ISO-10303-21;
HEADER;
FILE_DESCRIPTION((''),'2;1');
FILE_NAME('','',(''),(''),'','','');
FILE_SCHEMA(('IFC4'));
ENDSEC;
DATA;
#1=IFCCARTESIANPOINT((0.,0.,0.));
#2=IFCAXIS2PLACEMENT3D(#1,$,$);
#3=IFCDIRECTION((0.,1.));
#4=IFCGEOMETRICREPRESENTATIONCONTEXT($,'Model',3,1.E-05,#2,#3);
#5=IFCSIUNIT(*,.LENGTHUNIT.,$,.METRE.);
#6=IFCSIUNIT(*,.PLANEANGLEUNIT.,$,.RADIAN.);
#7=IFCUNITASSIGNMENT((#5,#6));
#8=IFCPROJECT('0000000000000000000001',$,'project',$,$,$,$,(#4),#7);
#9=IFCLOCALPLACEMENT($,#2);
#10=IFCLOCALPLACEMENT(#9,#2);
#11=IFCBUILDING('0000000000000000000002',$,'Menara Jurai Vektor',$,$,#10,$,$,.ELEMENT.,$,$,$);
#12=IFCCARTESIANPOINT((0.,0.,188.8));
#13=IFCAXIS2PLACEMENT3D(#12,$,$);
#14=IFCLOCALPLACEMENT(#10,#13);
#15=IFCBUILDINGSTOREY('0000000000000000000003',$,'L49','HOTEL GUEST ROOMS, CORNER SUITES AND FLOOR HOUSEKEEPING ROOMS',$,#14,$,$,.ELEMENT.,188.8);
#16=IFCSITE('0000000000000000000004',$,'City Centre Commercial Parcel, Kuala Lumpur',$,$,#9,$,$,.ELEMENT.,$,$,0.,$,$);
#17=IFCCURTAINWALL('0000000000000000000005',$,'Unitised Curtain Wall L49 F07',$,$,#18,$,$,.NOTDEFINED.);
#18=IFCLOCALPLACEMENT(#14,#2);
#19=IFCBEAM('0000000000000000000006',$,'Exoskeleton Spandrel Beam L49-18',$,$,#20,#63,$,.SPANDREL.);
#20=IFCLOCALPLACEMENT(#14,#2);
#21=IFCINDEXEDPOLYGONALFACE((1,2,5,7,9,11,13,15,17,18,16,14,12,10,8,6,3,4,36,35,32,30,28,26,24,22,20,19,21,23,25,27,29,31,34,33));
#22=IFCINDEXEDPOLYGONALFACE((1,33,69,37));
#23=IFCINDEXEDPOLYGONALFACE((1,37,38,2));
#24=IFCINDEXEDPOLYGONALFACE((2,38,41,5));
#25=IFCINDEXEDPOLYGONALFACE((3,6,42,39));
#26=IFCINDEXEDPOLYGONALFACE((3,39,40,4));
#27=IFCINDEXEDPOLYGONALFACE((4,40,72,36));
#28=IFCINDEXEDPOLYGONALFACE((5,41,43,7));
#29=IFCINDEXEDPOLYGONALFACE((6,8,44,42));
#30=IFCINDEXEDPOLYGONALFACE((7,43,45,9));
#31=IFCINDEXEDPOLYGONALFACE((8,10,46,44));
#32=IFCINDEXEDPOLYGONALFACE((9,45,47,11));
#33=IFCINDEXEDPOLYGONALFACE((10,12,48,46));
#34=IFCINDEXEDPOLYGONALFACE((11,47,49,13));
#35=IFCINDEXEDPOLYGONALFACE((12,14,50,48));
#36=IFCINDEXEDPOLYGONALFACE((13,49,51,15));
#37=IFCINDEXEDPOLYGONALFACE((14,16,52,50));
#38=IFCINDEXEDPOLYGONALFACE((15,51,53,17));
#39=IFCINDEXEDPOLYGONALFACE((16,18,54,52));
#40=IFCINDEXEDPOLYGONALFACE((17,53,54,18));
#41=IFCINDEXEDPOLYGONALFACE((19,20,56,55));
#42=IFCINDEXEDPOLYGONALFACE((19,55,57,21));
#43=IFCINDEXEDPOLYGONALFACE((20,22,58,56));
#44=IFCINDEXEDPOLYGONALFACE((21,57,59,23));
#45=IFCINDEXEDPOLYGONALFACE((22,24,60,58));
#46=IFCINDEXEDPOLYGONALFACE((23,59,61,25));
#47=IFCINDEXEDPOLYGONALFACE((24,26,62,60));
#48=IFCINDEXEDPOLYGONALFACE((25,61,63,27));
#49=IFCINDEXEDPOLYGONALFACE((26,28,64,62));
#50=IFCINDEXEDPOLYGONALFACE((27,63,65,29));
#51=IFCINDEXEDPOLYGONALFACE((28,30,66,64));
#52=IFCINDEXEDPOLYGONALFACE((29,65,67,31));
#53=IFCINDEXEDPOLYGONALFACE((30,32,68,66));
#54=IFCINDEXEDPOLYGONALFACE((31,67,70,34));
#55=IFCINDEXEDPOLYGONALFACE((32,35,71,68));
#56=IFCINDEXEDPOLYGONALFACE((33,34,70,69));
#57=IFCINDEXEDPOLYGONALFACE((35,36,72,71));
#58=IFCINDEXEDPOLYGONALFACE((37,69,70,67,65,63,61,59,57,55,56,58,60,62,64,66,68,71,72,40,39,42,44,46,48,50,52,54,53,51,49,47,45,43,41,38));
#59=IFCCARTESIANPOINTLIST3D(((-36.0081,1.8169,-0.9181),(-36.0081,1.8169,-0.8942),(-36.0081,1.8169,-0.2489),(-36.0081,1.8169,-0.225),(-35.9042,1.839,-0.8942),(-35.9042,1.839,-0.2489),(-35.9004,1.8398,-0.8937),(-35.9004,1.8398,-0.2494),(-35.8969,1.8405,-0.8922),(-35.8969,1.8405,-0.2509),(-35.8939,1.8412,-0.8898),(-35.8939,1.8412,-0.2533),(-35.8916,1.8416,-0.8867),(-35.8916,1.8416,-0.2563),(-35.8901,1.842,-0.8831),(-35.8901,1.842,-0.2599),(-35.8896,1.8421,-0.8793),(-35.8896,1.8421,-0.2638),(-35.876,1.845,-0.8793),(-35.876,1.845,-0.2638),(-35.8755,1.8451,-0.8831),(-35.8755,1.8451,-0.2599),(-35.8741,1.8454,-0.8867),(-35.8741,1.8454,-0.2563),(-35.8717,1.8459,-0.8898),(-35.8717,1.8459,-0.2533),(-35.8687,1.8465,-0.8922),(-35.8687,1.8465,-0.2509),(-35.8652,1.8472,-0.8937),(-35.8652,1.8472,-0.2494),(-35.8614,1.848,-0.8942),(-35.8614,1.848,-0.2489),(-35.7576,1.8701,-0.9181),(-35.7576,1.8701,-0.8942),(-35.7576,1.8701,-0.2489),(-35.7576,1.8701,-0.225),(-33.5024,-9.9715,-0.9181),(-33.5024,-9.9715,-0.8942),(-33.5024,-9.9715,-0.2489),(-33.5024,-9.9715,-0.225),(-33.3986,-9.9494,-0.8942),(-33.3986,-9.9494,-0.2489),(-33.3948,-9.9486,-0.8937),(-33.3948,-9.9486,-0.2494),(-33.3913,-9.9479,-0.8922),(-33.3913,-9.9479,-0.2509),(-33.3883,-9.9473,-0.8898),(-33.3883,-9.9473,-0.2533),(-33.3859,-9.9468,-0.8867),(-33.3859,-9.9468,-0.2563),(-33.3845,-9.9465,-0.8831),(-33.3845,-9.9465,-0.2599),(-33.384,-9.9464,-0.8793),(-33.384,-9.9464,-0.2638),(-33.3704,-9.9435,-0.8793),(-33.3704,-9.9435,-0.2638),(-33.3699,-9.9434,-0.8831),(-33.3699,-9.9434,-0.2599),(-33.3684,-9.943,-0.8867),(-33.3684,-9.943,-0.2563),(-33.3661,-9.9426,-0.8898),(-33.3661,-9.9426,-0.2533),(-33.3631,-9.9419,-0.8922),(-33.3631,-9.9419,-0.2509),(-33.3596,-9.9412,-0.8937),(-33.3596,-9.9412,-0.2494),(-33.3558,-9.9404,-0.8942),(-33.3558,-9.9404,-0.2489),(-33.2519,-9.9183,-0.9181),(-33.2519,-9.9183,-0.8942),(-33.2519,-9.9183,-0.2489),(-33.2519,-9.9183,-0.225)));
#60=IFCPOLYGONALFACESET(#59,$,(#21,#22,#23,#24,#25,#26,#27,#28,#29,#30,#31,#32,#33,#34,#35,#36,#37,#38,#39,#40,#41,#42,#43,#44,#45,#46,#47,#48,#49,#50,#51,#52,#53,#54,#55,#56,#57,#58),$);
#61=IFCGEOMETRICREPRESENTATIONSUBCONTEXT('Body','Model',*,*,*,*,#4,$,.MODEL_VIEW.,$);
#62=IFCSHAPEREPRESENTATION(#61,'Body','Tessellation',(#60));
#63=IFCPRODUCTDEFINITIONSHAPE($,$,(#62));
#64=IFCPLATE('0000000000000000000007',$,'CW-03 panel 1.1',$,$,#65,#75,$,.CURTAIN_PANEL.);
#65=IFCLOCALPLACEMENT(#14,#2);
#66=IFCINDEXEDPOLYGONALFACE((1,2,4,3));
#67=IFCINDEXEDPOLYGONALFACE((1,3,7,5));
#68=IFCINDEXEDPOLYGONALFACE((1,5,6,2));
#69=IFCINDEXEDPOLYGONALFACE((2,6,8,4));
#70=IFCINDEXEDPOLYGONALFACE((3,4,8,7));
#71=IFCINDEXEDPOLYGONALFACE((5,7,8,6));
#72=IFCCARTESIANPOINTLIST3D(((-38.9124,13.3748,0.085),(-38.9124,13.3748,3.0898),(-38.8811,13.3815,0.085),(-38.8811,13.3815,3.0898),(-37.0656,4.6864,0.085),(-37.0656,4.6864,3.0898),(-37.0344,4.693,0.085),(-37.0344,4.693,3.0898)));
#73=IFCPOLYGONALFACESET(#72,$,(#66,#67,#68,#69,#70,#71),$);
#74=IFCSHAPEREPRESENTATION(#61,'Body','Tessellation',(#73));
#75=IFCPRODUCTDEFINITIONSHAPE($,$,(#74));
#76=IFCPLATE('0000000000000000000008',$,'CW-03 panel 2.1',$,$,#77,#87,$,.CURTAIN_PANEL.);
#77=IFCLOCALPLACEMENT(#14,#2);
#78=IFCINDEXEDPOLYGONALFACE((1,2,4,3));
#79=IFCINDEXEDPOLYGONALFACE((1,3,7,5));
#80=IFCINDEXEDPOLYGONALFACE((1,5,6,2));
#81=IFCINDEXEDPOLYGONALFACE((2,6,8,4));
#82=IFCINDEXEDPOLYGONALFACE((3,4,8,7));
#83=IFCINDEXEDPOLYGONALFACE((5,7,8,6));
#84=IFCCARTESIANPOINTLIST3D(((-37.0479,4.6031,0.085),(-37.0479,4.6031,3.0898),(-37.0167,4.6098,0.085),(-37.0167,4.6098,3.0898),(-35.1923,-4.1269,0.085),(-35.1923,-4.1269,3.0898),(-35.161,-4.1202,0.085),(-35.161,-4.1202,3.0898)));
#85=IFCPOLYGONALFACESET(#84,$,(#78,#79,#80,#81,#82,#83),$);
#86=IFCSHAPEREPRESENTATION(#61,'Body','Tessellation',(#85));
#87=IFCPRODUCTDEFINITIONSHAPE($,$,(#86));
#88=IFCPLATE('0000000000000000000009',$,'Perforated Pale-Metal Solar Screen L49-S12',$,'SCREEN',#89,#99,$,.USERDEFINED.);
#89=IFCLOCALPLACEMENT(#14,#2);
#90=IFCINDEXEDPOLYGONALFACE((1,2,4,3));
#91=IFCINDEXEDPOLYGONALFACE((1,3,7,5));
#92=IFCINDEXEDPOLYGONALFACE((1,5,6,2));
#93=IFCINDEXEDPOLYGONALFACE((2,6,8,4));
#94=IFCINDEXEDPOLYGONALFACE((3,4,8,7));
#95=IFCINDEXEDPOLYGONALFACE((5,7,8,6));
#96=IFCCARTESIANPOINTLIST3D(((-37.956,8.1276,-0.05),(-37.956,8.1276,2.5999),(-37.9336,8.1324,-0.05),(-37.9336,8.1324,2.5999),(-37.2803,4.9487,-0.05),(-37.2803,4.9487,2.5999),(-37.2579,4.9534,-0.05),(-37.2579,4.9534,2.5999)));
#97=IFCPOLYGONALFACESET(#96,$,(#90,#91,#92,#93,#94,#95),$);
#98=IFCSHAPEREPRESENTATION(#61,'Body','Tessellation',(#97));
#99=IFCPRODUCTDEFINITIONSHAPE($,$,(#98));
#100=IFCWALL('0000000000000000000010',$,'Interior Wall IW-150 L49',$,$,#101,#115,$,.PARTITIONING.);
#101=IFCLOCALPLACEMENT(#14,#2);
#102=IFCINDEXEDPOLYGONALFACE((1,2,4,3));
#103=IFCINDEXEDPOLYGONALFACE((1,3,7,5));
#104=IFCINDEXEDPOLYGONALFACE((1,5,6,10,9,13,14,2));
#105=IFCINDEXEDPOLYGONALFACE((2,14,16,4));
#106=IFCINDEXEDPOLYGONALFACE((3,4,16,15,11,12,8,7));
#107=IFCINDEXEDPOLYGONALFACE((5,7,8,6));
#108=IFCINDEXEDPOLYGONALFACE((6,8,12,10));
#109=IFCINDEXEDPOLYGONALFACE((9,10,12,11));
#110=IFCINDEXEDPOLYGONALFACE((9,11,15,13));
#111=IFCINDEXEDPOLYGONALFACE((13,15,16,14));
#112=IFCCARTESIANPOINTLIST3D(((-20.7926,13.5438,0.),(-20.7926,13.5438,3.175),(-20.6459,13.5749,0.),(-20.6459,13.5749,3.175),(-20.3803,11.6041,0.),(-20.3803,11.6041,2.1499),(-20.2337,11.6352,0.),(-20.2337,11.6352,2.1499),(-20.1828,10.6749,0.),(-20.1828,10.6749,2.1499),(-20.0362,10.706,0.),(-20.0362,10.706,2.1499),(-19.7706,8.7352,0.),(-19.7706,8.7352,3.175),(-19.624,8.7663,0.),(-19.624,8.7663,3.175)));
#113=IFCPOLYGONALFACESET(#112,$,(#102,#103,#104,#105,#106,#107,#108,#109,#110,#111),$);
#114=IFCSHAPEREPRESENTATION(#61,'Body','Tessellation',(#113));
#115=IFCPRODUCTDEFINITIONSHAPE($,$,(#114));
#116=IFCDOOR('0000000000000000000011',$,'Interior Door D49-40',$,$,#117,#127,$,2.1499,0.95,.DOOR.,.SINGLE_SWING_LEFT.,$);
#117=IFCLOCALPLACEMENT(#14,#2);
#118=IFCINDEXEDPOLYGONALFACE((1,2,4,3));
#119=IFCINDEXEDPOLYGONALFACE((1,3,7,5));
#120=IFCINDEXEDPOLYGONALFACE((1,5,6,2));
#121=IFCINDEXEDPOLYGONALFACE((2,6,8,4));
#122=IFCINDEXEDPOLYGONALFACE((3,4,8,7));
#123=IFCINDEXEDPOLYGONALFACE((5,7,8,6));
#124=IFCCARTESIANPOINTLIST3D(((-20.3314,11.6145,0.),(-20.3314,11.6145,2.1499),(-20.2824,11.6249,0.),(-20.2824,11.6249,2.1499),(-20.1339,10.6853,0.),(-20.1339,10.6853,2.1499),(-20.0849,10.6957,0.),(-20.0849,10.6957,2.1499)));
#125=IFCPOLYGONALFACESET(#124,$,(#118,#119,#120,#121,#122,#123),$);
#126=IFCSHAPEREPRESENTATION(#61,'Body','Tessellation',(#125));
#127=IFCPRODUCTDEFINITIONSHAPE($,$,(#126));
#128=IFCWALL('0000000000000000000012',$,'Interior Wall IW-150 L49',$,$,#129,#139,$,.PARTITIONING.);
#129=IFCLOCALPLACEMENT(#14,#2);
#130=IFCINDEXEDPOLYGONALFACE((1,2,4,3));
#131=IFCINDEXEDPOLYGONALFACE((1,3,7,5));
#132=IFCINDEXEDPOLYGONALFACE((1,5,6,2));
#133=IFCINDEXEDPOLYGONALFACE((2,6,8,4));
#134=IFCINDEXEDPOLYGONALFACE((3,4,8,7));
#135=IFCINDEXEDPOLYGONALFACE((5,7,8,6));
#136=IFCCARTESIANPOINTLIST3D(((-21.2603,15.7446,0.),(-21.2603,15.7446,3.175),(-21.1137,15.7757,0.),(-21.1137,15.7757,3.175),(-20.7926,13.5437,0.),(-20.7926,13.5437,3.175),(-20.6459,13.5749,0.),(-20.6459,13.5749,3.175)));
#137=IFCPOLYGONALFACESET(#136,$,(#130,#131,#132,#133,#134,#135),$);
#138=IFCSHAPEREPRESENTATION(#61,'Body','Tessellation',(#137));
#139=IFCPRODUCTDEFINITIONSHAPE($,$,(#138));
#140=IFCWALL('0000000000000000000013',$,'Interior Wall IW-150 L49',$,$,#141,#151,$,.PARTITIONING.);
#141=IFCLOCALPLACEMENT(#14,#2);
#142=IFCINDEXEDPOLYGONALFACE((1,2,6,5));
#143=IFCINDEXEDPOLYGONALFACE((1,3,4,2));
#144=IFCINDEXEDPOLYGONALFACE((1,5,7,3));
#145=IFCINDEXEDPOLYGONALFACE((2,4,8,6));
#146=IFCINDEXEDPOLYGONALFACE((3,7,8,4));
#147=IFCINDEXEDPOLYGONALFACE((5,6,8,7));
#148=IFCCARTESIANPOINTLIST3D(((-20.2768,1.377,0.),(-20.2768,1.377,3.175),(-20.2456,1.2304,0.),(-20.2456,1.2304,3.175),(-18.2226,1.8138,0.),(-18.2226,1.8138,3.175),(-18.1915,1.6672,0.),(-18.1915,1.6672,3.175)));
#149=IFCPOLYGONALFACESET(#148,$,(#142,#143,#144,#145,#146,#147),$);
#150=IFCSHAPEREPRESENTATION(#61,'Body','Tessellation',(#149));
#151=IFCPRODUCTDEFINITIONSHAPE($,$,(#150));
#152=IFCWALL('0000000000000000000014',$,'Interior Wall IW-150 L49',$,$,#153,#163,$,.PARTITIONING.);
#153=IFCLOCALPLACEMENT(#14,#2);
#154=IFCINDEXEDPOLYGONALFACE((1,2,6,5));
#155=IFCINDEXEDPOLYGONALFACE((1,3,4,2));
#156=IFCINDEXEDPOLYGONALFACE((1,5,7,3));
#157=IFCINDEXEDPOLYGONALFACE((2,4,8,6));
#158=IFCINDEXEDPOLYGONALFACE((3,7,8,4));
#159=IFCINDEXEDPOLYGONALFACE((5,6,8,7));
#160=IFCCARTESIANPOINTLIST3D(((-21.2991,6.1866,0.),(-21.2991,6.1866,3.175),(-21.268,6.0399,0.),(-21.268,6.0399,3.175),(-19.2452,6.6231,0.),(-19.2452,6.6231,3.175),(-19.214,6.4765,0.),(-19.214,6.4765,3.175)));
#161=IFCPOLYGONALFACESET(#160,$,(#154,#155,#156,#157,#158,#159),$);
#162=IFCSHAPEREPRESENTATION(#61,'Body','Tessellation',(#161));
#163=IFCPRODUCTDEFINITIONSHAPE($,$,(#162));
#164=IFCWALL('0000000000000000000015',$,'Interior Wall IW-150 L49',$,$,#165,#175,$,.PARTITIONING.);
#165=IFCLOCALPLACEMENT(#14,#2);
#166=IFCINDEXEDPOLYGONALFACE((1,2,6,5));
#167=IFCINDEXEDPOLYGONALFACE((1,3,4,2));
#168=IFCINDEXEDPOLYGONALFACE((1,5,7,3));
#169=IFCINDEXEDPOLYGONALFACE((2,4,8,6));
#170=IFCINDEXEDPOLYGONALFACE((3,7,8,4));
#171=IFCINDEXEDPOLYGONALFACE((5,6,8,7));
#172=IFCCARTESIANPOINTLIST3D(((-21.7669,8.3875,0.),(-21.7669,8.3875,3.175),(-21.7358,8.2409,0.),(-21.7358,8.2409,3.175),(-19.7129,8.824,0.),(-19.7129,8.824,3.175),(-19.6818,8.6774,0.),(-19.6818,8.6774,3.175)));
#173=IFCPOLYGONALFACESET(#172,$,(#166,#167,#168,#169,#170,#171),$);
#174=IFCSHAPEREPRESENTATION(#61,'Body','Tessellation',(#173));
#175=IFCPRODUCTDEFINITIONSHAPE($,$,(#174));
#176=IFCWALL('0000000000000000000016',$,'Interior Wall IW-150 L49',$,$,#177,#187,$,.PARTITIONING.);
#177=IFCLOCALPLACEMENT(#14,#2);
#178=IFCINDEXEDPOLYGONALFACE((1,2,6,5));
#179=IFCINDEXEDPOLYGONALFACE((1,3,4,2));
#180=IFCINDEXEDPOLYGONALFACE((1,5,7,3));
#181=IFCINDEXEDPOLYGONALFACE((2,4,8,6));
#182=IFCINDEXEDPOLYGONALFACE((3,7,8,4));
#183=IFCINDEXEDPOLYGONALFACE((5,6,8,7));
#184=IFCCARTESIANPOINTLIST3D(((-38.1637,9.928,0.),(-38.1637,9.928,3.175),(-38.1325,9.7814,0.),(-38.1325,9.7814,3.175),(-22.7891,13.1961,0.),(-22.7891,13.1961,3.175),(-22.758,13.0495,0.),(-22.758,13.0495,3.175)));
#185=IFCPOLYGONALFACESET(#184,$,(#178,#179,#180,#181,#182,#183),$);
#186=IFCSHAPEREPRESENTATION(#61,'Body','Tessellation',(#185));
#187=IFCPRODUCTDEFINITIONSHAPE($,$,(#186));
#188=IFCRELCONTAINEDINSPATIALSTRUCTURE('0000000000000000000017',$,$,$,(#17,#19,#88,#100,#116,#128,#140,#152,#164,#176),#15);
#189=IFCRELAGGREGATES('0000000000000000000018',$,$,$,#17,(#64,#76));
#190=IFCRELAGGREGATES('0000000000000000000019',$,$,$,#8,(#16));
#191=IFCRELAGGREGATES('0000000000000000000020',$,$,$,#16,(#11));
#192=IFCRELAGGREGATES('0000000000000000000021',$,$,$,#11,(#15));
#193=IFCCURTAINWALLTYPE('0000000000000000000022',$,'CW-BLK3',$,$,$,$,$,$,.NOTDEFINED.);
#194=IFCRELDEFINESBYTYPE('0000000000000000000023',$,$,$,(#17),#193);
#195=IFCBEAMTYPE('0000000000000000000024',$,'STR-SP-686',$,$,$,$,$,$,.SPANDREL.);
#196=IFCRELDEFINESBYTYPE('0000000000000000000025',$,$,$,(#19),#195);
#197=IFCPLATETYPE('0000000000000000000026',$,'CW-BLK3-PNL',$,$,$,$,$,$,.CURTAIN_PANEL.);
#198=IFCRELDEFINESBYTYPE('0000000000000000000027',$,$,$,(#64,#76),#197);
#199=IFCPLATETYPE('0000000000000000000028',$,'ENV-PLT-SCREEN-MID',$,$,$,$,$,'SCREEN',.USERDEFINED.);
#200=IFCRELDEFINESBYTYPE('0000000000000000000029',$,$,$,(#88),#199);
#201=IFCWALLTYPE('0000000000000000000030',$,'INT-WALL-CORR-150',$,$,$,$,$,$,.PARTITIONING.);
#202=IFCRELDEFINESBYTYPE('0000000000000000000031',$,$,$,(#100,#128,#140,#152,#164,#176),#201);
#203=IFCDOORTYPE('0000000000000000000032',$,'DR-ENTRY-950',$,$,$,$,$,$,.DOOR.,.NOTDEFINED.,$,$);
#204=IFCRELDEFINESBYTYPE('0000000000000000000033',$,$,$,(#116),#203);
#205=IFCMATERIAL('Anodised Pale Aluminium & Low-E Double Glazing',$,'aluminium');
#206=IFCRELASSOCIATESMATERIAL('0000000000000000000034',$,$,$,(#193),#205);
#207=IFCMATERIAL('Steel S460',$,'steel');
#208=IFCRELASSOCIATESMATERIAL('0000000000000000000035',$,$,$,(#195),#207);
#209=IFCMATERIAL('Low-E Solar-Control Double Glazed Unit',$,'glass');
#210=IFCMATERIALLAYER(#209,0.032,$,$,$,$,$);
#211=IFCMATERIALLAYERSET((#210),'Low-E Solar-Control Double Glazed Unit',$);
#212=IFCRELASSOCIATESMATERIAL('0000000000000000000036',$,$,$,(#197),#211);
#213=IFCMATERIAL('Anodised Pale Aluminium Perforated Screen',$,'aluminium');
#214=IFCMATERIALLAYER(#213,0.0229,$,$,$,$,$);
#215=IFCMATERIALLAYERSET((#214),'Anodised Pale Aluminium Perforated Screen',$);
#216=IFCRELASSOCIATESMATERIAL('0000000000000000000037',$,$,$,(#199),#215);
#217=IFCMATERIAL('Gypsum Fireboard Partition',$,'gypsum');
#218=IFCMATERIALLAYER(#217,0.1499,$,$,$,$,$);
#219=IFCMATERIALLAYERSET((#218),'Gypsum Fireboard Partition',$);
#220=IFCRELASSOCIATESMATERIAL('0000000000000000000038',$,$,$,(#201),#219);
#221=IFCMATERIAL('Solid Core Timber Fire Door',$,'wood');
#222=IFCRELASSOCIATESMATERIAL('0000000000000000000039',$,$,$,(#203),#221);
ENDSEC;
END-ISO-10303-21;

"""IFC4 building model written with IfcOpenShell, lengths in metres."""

from ifc_helpers import new_model, si_unit, direction, frame, frame_2d, origin, origin_2d, place, context, subcontext, project, spatial, rectangle, i_section, extrude, material, layer, layer_set, material_profile, profile_set, type_object, element, fill, aggregate, save


model = new_model("IFC4")

# Units and contexts
model_context = context("Model", 3, precision=1e-05, world=origin(), true_north=direction((0.0, 1.0)))
body_context = subcontext(model_context, "Body", "Model", "MODEL_VIEW")
ifc_project = project(units=[si_unit("LENGTHUNIT", "METRE"), si_unit("PLANEANGLEUNIT", "RADIAN")], contexts=[model_context])

# Site, building, storey
site_placement = place(None, origin())
site = spatial("IfcSite", under=ifc_project, at=site_placement, Name="City Centre Commercial Parcel, Kuala Lumpur", CompositionType="ELEMENT", RefElevation=0.0)
building_placement = place(site_placement, origin())
building = spatial("IfcBuilding", under=site, at=building_placement, Name="Menara Jurai Vektor", CompositionType="ELEMENT")
storey_placement = place(building_placement, frame((0.0, 0.0, 188.8)))
storey = spatial("IfcBuildingStorey", under=building, at=storey_placement, Name="L49", Description="HOTEL GUEST ROOMS, CORNER SUITES AND FLOOR HOUSEKEEPING ROOMS", CompositionType="ELEMENT", Elevation=188.8)

# Shared definitions
ifc_material_1 = material(Name="Steel S460", Category="steel")

# Curtain wall
ifc_material_2 = material(Name="Anodised Pale Aluminium & Low-E Double Glazing", Category="aluminium")
curtain_wall_type = type_object("IfcCurtainWallType", Name="CW-BLK3", PredefinedType="NOTDEFINED", material=ifc_material_2)
curtain_wall_placement = place(storey_placement, origin())
curtain_wall = element("IfcCurtainWall", 1, at=curtain_wall_placement, inside=storey, type_object=curtain_wall_type, Name="Unitised Curtain Wall L49 F07", PredefinedType="NOTDEFINED")

# Beam
ifc_material_profile_1 = material_profile(ifc_material_1, i_section(OverallWidth=0.2561, OverallDepth=0.6931, WebThickness=0.0139, FlangeThickness=0.0239, FilletRadius=0.0149, at=origin_2d()), Name="UKB 686x254x170")
ifc_profile_set_1 = profile_set([ifc_material_profile_1], Name="Steel S460")
beam_type_1 = type_object("IfcBeamType", Name="STR-SP-686", PredefinedType="SPANDREL", material=ifc_profile_set_1)
beam_1_placement = place(storey_placement, frame((-35.8828, 1.8435, -0.5715), z_axis=(0.207906, -0.978149, 0.0), x_axis=(0.978149, 0.207906, 0.0)))
element("IfcBeam", 2, at=beam_1_placement, inside=storey, type_object=beam_type_1, Name="Exoskeleton Spandrel Beam L49-18", PredefinedType="SPANDREL", context=body_context, shape_type="SweptSolid", body=[
    extrude(i_section(OverallWidth=0.2561, OverallDepth=0.6931, WebThickness=0.0139, FlangeThickness=0.0239, FilletRadius=0.0149, at=origin_2d()), origin(), (0.0, 0.0, 1.0), 12.0518),
])

# Plates
ifc_material_3 = material(Name="Low-E Solar-Control Double Glazed Unit", Category="glass")
ifc_layer_1 = layer(ifc_material_3, 0.032)
ifc_layer_set_1 = layer_set([ifc_layer_1], Name="Low-E Solar-Control Double Glazed Unit")
plate_type_1 = type_object("IfcPlateType", Name="CW-BLK3-PNL", PredefinedType="CURTAIN_PANEL", material=ifc_layer_set_1)
plate_1_placement = place(storey_placement, frame((-37.9734, 9.0339, 0.085), z_axis=(0.0, 0.0, 1.0), x_axis=(0.20791, -0.978148, 0.0)))
plate_1 = element("IfcPlate", 3, at=plate_1_placement, type_object=plate_type_1, Name="CW-03 panel 1.1", PredefinedType="CURTAIN_PANEL", context=body_context, shape_type="SweptSolid", body=[
    extrude(rectangle(XDim=8.8826, YDim=0.032, at=origin_2d()), origin(), (0.0, 0.0, 1.0), 3.0049),
])
plate_2_placement = place(storey_placement, frame((-36.1045, 0.2415, 0.085), z_axis=(0.0, 0.0, 1.0), x_axis=(0.20791, -0.978148, 0.0)))
plate_2 = element("IfcPlate", 4, at=plate_2_placement, type_object=plate_type_1, Name="CW-03 panel 2.1", PredefinedType="CURTAIN_PANEL", context=body_context, shape_type="SweptSolid", body=[
    extrude(rectangle(XDim=8.925, YDim=0.032, at=origin_2d()), origin(), (0.0, 0.0, 1.0), 3.0049),
])
aggregate(curtain_wall, [plate_1, plate_2])
ifc_material_4 = material(Name="Anodised Pale Aluminium Perforated Screen", Category="aluminium")
ifc_layer_2 = layer(ifc_material_4, 0.0229)
ifc_layer_set_2 = layer_set([ifc_layer_2], Name="Anodised Pale Aluminium Perforated Screen")
plate_type_2 = type_object("IfcPlateType", Name="ENV-PLT-SCREEN-MID", ElementType="SCREEN", PredefinedType="USERDEFINED", material=ifc_layer_set_2)
plate_3_placement = place(storey_placement, frame((-37.6069, 6.5405, -0.05), z_axis=(0.0, 0.0, 1.0), x_axis=(0.207912, -0.978148, 0.0)))
element("IfcPlate", 5, at=plate_3_placement, inside=storey, type_object=plate_type_2, Name="Perforated Pale-Metal Solar Screen L49-S12", ObjectType="SCREEN", PredefinedType="USERDEFINED", context=body_context, shape_type="SweptSolid", body=[
    extrude(rectangle(XDim=3.25, YDim=0.0229, at=origin_2d()), origin(), (0.0, 0.0, 1.0), 2.6499),
])

# Wall, opening, door
ifc_material_5 = material(Name="Gypsum Fireboard Partition", Category="gypsum")
ifc_layer_3 = layer(ifc_material_5, 0.1499)
ifc_layer_set_3 = layer_set([ifc_layer_3], Name="Gypsum Fireboard Partition")
wall_type_1 = type_object("IfcWallType", Name="INT-WALL-CORR-150", PredefinedType="PARTITIONING", material=ifc_layer_set_3)
wall_1_placement = place(storey_placement, frame((-19.6973, 8.7507, 0.0), z_axis=(0.0, 0.0, 1.0), x_axis=(-0.207887, 0.978153, 0.0)))
wall_1 = element("IfcWall", 6, at=wall_1_placement, inside=storey, type_object=wall_type_1, Name="Interior Wall IW-150 L49", PredefinedType="PARTITIONING", context=body_context, shape_type="SweptSolid", body=[
    extrude(rectangle(XDim=4.916, YDim=0.1499, at=frame_2d((2.458, 0.0))), origin(), (0.0, 0.0, 1.0), 3.175),
])
opening_1_placement = place(wall_1_placement, frame((1.9829, 0.0, 0.0)))
opening_1 = element("IfcOpeningElement", 7, at=opening_1_placement, cuts=wall_1, PredefinedType="OPENING", context=body_context, shape_type="SweptSolid", body=[
    extrude(rectangle(XDim=0.95, YDim=2.1499, at=frame_2d((0.4751, 1.075))), frame((0.0, 0.085, 0.0), z_axis=(0.0, -1.0, 0.0), x_axis=(1.0, 0.0, 0.0)), (0.0, 0.0, 1.0), 0.1699),
])
ifc_material_6 = material(Name="Solid Core Timber Fire Door", Category="wood")
door_type_1 = type_object("IfcDoorType", Name="DR-ENTRY-950", OperationType="NOTDEFINED", PredefinedType="DOOR", material=ifc_material_6)
door_1_placement = place(opening_1_placement, origin())
door_1 = element("IfcDoor", 8, at=door_1_placement, inside=storey, type_object=door_type_1, Name="Interior Door D49-40", OperationType="SINGLE_SWING_LEFT", OverallHeight=2.1499, OverallWidth=0.95, PredefinedType="DOOR", context=body_context, shape_type="SweptSolid", body=[
    extrude(rectangle(XDim=0.95, YDim=2.1499, at=frame_2d((0.4751, 1.075))), frame((0.0, 0.0249, 0.0), z_axis=(0.0, -1.0, 0.0), x_axis=(1.0, 0.0, 0.0)), (0.0, 0.0, 1.0), 0.05),
])
fill(opening_1, door_1)

# Wall
wall_2_placement = place(storey_placement, frame((-20.7192, 13.5593, 0.0), z_axis=(0.0, 0.0, 1.0), x_axis=(-0.207891, 0.978152, 0.0)))
element("IfcWall", 9, at=wall_2_placement, inside=storey, type_object=wall_type_1, Name="Interior Wall IW-150 L49", PredefinedType="PARTITIONING", context=body_context, shape_type="SweptSolid", body=[
    extrude(rectangle(XDim=2.25, YDim=0.1499, at=frame_2d((1.125, 0.0))), origin(), (0.0, 0.0, 1.0), 3.175),
])

# Walls
wall_3_placement = place(storey_placement, frame((-20.2612, 1.3037, 0.0), z_axis=(0.0, 0.0, 1.0), x_axis=(0.978135, 0.207973, 0.0)))
element("IfcWall", 10, at=wall_3_placement, inside=storey, type_object=wall_type_1, Name="Interior Wall IW-150 L49", PredefinedType="PARTITIONING", context=body_context, shape_type="SweptSolid", body=[
    extrude(rectangle(XDim=2.1001, YDim=0.1499, at=frame_2d((1.05, 0.0))), origin(), (0.0, 0.0, 1.0), 3.175),
])
wall_4_placement = place(storey_placement, frame((-21.2834, 6.1133, 0.0), z_axis=(0.0, 0.0, 1.0), x_axis=(0.978153, 0.207885, 0.0)))
element("IfcWall", 11, at=wall_4_placement, inside=storey, type_object=wall_type_1, Name="Interior Wall IW-150 L49", PredefinedType="PARTITIONING", context=body_context, shape_type="SweptSolid", body=[
    extrude(rectangle(XDim=2.0999, YDim=0.1499, at=frame_2d((1.0498, 0.0))), origin(), (0.0, 0.0, 1.0), 3.175),
])

# Walls
wall_5_placement = place(storey_placement, frame((-21.7512, 8.3142, 0.0), z_axis=(0.0, 0.0, 1.0), x_axis=(0.978153, 0.207885, 0.0)))
element("IfcWall", 12, at=wall_5_placement, inside=storey, type_object=wall_type_1, Name="Interior Wall IW-150 L49", PredefinedType="PARTITIONING", context=body_context, shape_type="SweptSolid", body=[
    extrude(rectangle(XDim=2.0999, YDim=0.1499, at=frame_2d((1.0498, 0.0))), origin(), (0.0, 0.0, 1.0), 3.175),
])
wall_6_placement = place(storey_placement, frame((-38.1479, 9.8547, 0.0), z_axis=(0.0, 0.0, 1.0), x_axis=(0.978146, 0.207919, 0.0)))
element("IfcWall", 13, at=wall_6_placement, inside=storey, type_object=wall_type_1, Name="Interior Wall IW-150 L49", PredefinedType="PARTITIONING", context=body_context, shape_type="SweptSolid", body=[
    extrude(rectangle(XDim=15.718, YDim=0.1499, at=frame_2d((7.8589, 0.0))), origin(), (0.0, 0.0, 1.0), 3.175),
])

save(model, "model.ifc")
